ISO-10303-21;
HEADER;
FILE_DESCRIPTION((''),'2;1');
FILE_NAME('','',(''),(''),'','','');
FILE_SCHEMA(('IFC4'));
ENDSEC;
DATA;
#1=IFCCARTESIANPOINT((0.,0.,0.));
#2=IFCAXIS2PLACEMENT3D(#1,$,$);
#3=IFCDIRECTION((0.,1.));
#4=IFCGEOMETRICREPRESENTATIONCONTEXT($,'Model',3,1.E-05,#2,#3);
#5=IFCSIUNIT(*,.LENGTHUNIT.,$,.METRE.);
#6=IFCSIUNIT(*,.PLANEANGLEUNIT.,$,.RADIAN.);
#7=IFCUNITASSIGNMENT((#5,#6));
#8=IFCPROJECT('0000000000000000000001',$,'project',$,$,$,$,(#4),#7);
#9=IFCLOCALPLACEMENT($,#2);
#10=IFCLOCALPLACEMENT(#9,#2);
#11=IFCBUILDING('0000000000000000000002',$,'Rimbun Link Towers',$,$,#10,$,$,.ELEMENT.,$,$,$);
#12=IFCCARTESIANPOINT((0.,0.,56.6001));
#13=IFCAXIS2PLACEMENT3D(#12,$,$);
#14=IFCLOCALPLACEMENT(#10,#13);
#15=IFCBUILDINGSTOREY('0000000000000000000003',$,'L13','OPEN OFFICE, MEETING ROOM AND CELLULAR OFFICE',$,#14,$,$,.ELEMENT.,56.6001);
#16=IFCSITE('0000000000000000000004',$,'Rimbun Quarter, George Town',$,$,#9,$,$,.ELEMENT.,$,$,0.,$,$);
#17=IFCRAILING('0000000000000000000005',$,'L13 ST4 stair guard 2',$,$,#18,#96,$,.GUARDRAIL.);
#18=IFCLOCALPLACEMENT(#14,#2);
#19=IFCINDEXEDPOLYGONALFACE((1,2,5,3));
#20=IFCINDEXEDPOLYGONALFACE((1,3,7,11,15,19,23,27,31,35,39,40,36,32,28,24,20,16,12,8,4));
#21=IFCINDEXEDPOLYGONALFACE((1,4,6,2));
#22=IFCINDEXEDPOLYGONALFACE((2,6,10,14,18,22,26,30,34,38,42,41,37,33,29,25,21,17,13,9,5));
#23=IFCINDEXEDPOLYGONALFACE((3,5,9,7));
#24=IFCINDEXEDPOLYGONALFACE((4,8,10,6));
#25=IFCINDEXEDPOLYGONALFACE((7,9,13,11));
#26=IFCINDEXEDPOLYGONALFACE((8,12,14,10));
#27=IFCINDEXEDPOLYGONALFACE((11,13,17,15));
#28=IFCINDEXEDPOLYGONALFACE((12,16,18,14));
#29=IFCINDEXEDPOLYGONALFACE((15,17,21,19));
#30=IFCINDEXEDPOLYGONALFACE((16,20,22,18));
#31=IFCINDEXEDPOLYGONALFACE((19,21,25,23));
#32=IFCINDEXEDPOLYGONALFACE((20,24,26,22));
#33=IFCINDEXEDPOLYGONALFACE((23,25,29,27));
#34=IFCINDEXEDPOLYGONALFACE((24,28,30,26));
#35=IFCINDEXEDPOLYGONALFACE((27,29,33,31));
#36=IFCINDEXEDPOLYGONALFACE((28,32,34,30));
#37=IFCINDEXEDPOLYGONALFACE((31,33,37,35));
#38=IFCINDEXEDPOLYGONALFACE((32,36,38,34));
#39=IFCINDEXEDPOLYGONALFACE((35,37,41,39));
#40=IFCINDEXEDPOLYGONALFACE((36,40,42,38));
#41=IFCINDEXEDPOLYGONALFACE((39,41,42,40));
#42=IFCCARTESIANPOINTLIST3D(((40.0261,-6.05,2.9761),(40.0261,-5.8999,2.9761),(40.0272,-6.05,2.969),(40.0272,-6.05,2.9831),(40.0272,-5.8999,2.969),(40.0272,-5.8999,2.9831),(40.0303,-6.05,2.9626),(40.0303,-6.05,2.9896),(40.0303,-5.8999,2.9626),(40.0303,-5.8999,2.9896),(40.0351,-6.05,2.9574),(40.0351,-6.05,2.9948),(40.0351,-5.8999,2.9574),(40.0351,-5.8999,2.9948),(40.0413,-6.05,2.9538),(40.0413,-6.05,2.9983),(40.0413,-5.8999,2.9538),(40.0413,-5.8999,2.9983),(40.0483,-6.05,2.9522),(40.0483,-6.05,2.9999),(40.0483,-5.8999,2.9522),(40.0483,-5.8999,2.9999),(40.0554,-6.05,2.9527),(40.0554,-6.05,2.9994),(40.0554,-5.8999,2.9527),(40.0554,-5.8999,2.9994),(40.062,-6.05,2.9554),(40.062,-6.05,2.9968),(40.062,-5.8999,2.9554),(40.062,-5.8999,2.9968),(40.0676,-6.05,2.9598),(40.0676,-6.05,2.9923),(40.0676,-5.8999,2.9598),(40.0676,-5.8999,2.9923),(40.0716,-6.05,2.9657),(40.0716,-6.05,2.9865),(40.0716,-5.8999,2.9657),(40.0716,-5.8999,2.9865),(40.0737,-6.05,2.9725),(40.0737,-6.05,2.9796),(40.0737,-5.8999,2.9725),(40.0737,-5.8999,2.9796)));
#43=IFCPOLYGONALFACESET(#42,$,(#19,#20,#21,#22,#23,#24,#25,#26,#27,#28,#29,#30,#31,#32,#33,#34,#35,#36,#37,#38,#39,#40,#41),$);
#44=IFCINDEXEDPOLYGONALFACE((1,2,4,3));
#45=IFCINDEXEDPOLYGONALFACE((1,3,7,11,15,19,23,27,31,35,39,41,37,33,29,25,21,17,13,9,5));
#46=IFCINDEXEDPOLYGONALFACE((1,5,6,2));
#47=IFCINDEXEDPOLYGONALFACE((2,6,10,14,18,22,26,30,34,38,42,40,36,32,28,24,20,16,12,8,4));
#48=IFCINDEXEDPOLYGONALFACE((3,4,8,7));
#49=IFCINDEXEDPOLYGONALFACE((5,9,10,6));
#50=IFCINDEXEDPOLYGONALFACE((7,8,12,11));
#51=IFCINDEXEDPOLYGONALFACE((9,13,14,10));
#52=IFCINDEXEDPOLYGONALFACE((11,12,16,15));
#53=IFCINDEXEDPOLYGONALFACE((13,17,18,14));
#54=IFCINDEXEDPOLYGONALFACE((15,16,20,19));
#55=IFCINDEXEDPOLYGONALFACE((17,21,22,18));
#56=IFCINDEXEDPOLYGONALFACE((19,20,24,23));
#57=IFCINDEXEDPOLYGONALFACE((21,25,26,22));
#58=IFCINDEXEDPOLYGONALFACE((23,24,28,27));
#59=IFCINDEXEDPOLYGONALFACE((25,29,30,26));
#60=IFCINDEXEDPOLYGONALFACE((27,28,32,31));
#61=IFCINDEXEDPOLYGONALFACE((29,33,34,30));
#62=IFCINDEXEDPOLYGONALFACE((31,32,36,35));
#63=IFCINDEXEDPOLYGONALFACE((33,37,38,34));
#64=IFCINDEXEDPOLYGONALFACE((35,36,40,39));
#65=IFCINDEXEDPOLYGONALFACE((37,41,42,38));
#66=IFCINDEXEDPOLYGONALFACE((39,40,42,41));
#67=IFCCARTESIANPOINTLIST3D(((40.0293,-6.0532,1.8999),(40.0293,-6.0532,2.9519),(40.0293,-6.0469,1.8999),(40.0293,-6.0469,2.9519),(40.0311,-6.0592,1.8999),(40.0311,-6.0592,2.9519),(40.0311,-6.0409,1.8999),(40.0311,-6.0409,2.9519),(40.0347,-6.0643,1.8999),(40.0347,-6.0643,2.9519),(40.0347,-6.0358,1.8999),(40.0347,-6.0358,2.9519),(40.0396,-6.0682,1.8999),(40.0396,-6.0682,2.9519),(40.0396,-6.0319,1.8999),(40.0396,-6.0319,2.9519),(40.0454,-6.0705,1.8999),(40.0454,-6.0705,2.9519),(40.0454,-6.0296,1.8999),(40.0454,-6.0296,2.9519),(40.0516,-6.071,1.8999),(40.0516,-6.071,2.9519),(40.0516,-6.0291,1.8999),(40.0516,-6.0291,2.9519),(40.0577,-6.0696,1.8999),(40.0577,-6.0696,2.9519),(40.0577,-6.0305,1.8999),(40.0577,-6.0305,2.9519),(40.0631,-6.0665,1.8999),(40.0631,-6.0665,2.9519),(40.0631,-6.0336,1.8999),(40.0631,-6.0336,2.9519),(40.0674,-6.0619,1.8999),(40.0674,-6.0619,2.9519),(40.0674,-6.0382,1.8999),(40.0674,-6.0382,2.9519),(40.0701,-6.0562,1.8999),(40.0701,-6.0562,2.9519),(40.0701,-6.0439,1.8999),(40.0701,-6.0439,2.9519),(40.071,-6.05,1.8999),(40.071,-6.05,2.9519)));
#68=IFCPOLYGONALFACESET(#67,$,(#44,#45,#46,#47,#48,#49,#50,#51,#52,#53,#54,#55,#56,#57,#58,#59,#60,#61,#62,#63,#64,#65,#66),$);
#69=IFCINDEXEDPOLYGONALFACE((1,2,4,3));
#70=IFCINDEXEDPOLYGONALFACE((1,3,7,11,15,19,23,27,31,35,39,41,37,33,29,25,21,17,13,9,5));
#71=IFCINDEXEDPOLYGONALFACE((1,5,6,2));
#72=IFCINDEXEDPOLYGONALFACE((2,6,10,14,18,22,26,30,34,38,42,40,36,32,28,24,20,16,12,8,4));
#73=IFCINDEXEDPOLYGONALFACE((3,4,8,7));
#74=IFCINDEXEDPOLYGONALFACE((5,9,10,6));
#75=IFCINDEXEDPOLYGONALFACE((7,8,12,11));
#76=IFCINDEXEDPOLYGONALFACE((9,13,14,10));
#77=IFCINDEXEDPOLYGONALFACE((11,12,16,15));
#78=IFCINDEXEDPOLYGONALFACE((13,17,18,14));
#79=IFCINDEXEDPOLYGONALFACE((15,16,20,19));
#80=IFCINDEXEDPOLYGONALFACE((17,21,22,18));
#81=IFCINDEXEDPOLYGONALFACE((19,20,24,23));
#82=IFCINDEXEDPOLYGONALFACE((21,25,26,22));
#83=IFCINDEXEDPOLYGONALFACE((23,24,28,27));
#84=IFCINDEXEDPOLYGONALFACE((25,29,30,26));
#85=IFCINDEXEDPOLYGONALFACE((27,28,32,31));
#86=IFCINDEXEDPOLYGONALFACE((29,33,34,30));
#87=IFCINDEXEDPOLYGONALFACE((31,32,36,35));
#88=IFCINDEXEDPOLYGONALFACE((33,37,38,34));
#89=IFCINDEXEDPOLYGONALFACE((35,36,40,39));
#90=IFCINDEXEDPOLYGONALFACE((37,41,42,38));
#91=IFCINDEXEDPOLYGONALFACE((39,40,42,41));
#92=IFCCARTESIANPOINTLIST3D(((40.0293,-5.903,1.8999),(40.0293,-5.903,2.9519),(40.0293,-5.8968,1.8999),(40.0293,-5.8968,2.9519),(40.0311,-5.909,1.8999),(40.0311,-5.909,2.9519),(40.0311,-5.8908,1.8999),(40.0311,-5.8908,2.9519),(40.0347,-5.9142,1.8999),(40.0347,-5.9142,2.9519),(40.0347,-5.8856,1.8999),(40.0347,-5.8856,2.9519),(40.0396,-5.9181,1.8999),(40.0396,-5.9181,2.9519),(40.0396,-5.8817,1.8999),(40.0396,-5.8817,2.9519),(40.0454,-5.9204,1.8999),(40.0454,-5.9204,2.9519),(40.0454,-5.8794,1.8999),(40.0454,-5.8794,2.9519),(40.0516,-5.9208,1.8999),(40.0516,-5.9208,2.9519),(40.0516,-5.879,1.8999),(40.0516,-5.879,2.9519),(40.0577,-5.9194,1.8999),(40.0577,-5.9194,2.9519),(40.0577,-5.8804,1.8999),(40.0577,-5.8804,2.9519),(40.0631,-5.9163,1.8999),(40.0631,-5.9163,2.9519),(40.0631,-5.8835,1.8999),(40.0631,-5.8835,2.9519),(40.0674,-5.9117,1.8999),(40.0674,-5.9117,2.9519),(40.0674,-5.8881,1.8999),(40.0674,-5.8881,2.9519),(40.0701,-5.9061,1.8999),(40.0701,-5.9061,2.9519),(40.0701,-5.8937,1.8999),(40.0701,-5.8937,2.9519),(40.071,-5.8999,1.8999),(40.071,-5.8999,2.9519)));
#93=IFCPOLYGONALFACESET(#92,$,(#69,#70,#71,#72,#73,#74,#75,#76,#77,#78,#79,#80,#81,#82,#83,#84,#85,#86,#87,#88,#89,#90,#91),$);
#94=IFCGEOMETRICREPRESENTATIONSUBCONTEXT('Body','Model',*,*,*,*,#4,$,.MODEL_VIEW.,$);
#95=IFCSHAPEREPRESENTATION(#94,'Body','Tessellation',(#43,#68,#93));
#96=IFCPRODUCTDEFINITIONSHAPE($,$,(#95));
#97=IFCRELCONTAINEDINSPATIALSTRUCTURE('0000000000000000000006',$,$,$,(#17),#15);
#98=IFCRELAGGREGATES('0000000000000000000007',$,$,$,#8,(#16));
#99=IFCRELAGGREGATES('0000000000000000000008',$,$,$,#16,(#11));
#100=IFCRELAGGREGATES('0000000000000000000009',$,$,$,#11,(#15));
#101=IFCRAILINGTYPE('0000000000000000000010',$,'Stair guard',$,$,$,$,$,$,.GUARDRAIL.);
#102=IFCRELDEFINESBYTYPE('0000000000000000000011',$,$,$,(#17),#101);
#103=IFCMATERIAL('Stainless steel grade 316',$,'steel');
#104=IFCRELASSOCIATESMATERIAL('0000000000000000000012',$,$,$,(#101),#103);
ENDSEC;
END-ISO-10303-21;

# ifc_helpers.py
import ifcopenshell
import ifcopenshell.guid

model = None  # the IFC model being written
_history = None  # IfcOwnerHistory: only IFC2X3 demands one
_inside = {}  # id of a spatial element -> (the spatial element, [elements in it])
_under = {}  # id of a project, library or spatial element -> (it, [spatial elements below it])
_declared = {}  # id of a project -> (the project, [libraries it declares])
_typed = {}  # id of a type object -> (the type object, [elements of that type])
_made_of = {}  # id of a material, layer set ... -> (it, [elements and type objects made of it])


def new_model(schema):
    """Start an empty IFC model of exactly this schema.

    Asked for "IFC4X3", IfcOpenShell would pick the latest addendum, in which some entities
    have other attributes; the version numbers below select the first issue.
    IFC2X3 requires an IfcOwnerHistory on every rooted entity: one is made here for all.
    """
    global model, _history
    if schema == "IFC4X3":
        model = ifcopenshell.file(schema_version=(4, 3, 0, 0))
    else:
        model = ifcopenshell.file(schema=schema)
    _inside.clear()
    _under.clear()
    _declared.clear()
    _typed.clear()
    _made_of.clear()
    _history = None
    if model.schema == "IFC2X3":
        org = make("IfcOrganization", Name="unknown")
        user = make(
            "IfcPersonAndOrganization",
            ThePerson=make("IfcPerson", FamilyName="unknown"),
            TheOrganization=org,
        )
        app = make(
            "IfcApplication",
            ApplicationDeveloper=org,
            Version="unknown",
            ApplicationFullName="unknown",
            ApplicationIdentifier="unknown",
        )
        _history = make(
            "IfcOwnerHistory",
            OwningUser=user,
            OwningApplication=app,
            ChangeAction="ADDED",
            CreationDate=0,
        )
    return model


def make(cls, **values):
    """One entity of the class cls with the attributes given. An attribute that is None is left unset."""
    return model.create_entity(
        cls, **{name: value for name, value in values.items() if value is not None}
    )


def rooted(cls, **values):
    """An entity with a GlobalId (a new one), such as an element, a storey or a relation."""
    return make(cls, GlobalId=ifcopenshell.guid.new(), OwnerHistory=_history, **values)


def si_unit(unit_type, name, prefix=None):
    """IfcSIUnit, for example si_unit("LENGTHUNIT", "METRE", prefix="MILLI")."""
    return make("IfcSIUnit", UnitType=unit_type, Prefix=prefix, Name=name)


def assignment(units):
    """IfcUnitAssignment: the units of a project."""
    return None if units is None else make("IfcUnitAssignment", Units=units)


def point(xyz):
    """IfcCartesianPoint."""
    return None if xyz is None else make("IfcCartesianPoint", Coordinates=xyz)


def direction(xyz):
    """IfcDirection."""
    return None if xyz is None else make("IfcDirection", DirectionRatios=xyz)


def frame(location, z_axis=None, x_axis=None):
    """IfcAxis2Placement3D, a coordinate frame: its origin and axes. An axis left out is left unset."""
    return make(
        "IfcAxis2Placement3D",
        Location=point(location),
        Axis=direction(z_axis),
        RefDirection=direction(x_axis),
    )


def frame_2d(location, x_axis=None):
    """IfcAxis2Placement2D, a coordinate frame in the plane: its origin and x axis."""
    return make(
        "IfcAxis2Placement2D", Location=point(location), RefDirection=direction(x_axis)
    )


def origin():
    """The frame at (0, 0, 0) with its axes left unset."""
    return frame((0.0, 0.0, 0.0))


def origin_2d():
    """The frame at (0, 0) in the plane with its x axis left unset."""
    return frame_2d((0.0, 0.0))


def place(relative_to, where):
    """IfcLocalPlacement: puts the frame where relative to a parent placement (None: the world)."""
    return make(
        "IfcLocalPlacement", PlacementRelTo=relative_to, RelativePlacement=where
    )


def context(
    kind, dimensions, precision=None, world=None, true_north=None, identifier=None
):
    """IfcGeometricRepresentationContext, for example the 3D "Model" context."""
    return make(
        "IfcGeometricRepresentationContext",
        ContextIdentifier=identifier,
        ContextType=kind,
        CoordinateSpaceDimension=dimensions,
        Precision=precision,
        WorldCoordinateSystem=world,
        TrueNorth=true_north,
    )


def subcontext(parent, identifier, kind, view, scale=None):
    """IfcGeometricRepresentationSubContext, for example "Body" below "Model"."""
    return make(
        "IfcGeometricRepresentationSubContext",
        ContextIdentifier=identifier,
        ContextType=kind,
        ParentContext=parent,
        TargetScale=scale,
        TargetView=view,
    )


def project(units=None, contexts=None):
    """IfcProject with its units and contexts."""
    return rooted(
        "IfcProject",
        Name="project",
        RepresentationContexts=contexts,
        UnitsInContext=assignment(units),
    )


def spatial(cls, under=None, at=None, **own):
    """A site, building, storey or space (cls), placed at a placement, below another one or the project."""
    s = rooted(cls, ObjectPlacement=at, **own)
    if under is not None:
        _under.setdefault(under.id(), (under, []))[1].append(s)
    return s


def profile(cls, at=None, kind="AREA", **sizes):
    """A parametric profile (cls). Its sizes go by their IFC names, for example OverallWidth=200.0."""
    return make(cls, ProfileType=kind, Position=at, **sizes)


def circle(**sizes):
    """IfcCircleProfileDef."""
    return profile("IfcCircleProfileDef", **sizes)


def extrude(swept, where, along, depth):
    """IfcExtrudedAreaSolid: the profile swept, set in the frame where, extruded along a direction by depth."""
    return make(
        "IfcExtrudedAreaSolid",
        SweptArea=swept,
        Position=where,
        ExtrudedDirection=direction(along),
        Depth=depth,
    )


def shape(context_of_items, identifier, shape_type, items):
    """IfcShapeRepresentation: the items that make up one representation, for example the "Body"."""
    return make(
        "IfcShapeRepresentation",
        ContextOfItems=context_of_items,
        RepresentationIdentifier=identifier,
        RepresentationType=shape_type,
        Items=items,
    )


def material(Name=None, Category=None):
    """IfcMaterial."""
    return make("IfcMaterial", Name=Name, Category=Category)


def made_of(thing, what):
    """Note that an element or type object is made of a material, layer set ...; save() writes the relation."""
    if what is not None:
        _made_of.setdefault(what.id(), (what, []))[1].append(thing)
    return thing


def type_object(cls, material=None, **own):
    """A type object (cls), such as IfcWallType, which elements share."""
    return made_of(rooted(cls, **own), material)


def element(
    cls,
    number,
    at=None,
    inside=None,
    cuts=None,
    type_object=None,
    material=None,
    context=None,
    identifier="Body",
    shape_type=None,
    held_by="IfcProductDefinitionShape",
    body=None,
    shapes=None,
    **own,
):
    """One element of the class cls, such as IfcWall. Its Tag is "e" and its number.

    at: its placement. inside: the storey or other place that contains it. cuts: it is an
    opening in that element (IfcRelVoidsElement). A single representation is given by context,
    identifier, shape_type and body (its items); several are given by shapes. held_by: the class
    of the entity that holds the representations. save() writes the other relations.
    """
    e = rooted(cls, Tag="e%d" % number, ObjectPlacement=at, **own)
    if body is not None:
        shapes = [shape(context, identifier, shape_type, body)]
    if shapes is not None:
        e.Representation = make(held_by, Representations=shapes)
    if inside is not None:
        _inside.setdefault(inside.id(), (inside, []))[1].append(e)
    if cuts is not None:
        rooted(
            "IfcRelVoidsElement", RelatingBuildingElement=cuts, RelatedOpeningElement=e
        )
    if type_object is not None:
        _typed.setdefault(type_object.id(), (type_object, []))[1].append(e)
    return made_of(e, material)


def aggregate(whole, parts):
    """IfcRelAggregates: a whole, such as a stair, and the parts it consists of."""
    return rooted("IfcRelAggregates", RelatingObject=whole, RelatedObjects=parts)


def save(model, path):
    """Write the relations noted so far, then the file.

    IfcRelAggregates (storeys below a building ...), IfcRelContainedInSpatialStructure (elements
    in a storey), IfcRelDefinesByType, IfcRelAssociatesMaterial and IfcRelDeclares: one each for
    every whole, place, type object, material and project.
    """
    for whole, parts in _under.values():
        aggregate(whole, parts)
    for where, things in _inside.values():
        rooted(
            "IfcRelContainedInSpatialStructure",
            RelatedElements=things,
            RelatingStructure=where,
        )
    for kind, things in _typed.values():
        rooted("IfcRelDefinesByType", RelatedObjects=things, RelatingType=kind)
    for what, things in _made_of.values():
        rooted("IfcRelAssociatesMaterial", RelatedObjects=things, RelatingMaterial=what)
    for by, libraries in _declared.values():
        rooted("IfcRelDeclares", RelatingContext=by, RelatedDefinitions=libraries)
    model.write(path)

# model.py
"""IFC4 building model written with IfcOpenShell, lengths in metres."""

from ifc_helpers import new_model, si_unit, direction, frame, origin, origin_2d, place, context, subcontext, project, spatial, circle, extrude, material, type_object, element, save


model = new_model("IFC4")

# Units and contexts
model_context = context("Model", 3, precision=1e-05, world=origin(), true_north=direction((0.0, 1.0)))
body_context = subcontext(model_context, "Body", "Model", "MODEL_VIEW")
ifc_project = project(units=[si_unit("LENGTHUNIT", "METRE"), si_unit("PLANEANGLEUNIT", "RADIAN")], contexts=[model_context])

# Site, building, storey
site_placement = place(None, origin())
site = spatial("IfcSite", under=ifc_project, at=site_placement, Name="Rimbun Quarter, George Town", CompositionType="ELEMENT", RefElevation=0.0)
building_placement = place(site_placement, origin())
building = spatial("IfcBuilding", under=site, at=building_placement, Name="Rimbun Link Towers", CompositionType="ELEMENT")
storey_placement = place(building_placement, frame((0.0, 0.0, 56.6001)))
storey = spatial("IfcBuildingStorey", under=building, at=storey_placement, Name="L13", Description="OPEN OFFICE, MEETING ROOM AND CELLULAR OFFICE", CompositionType="ELEMENT", Elevation=56.6001)

# Railing
ifc_material_1 = material(Name="Stainless steel grade 316", Category="steel")
railing_type_1 = type_object("IfcRailingType", Name="Stair guard", PredefinedType="GUARDRAIL", material=ifc_material_1)
railing_1_placement = place(storey_placement, frame((40.05, -6.05, 1.8999)))
element("IfcRailing", 1, at=railing_1_placement, inside=storey, type_object=railing_type_1, Name="L13 ST4 stair guard 2", PredefinedType="GUARDRAIL", context=body_context, shape_type="SweptSolid", body=[
    extrude(circle(Radius=0.0239, at=origin_2d()), frame((0.0, 0.0, 1.0762), z_axis=(0.0, 1.0, 0.0), x_axis=(-1.0, 0.0, 0.0)), (0.0, 0.0, 1.0), 0.1501),
    extrude(circle(Radius=0.021, at=origin_2d()), origin(), (0.0, 0.0, 1.0), 1.052),
    extrude(circle(Radius=0.021, at=origin_2d()), frame((0.0, 0.1501, 0.0)), (0.0, 0.0, 1.0), 1.052),
])

save(model, "model.ifc")
